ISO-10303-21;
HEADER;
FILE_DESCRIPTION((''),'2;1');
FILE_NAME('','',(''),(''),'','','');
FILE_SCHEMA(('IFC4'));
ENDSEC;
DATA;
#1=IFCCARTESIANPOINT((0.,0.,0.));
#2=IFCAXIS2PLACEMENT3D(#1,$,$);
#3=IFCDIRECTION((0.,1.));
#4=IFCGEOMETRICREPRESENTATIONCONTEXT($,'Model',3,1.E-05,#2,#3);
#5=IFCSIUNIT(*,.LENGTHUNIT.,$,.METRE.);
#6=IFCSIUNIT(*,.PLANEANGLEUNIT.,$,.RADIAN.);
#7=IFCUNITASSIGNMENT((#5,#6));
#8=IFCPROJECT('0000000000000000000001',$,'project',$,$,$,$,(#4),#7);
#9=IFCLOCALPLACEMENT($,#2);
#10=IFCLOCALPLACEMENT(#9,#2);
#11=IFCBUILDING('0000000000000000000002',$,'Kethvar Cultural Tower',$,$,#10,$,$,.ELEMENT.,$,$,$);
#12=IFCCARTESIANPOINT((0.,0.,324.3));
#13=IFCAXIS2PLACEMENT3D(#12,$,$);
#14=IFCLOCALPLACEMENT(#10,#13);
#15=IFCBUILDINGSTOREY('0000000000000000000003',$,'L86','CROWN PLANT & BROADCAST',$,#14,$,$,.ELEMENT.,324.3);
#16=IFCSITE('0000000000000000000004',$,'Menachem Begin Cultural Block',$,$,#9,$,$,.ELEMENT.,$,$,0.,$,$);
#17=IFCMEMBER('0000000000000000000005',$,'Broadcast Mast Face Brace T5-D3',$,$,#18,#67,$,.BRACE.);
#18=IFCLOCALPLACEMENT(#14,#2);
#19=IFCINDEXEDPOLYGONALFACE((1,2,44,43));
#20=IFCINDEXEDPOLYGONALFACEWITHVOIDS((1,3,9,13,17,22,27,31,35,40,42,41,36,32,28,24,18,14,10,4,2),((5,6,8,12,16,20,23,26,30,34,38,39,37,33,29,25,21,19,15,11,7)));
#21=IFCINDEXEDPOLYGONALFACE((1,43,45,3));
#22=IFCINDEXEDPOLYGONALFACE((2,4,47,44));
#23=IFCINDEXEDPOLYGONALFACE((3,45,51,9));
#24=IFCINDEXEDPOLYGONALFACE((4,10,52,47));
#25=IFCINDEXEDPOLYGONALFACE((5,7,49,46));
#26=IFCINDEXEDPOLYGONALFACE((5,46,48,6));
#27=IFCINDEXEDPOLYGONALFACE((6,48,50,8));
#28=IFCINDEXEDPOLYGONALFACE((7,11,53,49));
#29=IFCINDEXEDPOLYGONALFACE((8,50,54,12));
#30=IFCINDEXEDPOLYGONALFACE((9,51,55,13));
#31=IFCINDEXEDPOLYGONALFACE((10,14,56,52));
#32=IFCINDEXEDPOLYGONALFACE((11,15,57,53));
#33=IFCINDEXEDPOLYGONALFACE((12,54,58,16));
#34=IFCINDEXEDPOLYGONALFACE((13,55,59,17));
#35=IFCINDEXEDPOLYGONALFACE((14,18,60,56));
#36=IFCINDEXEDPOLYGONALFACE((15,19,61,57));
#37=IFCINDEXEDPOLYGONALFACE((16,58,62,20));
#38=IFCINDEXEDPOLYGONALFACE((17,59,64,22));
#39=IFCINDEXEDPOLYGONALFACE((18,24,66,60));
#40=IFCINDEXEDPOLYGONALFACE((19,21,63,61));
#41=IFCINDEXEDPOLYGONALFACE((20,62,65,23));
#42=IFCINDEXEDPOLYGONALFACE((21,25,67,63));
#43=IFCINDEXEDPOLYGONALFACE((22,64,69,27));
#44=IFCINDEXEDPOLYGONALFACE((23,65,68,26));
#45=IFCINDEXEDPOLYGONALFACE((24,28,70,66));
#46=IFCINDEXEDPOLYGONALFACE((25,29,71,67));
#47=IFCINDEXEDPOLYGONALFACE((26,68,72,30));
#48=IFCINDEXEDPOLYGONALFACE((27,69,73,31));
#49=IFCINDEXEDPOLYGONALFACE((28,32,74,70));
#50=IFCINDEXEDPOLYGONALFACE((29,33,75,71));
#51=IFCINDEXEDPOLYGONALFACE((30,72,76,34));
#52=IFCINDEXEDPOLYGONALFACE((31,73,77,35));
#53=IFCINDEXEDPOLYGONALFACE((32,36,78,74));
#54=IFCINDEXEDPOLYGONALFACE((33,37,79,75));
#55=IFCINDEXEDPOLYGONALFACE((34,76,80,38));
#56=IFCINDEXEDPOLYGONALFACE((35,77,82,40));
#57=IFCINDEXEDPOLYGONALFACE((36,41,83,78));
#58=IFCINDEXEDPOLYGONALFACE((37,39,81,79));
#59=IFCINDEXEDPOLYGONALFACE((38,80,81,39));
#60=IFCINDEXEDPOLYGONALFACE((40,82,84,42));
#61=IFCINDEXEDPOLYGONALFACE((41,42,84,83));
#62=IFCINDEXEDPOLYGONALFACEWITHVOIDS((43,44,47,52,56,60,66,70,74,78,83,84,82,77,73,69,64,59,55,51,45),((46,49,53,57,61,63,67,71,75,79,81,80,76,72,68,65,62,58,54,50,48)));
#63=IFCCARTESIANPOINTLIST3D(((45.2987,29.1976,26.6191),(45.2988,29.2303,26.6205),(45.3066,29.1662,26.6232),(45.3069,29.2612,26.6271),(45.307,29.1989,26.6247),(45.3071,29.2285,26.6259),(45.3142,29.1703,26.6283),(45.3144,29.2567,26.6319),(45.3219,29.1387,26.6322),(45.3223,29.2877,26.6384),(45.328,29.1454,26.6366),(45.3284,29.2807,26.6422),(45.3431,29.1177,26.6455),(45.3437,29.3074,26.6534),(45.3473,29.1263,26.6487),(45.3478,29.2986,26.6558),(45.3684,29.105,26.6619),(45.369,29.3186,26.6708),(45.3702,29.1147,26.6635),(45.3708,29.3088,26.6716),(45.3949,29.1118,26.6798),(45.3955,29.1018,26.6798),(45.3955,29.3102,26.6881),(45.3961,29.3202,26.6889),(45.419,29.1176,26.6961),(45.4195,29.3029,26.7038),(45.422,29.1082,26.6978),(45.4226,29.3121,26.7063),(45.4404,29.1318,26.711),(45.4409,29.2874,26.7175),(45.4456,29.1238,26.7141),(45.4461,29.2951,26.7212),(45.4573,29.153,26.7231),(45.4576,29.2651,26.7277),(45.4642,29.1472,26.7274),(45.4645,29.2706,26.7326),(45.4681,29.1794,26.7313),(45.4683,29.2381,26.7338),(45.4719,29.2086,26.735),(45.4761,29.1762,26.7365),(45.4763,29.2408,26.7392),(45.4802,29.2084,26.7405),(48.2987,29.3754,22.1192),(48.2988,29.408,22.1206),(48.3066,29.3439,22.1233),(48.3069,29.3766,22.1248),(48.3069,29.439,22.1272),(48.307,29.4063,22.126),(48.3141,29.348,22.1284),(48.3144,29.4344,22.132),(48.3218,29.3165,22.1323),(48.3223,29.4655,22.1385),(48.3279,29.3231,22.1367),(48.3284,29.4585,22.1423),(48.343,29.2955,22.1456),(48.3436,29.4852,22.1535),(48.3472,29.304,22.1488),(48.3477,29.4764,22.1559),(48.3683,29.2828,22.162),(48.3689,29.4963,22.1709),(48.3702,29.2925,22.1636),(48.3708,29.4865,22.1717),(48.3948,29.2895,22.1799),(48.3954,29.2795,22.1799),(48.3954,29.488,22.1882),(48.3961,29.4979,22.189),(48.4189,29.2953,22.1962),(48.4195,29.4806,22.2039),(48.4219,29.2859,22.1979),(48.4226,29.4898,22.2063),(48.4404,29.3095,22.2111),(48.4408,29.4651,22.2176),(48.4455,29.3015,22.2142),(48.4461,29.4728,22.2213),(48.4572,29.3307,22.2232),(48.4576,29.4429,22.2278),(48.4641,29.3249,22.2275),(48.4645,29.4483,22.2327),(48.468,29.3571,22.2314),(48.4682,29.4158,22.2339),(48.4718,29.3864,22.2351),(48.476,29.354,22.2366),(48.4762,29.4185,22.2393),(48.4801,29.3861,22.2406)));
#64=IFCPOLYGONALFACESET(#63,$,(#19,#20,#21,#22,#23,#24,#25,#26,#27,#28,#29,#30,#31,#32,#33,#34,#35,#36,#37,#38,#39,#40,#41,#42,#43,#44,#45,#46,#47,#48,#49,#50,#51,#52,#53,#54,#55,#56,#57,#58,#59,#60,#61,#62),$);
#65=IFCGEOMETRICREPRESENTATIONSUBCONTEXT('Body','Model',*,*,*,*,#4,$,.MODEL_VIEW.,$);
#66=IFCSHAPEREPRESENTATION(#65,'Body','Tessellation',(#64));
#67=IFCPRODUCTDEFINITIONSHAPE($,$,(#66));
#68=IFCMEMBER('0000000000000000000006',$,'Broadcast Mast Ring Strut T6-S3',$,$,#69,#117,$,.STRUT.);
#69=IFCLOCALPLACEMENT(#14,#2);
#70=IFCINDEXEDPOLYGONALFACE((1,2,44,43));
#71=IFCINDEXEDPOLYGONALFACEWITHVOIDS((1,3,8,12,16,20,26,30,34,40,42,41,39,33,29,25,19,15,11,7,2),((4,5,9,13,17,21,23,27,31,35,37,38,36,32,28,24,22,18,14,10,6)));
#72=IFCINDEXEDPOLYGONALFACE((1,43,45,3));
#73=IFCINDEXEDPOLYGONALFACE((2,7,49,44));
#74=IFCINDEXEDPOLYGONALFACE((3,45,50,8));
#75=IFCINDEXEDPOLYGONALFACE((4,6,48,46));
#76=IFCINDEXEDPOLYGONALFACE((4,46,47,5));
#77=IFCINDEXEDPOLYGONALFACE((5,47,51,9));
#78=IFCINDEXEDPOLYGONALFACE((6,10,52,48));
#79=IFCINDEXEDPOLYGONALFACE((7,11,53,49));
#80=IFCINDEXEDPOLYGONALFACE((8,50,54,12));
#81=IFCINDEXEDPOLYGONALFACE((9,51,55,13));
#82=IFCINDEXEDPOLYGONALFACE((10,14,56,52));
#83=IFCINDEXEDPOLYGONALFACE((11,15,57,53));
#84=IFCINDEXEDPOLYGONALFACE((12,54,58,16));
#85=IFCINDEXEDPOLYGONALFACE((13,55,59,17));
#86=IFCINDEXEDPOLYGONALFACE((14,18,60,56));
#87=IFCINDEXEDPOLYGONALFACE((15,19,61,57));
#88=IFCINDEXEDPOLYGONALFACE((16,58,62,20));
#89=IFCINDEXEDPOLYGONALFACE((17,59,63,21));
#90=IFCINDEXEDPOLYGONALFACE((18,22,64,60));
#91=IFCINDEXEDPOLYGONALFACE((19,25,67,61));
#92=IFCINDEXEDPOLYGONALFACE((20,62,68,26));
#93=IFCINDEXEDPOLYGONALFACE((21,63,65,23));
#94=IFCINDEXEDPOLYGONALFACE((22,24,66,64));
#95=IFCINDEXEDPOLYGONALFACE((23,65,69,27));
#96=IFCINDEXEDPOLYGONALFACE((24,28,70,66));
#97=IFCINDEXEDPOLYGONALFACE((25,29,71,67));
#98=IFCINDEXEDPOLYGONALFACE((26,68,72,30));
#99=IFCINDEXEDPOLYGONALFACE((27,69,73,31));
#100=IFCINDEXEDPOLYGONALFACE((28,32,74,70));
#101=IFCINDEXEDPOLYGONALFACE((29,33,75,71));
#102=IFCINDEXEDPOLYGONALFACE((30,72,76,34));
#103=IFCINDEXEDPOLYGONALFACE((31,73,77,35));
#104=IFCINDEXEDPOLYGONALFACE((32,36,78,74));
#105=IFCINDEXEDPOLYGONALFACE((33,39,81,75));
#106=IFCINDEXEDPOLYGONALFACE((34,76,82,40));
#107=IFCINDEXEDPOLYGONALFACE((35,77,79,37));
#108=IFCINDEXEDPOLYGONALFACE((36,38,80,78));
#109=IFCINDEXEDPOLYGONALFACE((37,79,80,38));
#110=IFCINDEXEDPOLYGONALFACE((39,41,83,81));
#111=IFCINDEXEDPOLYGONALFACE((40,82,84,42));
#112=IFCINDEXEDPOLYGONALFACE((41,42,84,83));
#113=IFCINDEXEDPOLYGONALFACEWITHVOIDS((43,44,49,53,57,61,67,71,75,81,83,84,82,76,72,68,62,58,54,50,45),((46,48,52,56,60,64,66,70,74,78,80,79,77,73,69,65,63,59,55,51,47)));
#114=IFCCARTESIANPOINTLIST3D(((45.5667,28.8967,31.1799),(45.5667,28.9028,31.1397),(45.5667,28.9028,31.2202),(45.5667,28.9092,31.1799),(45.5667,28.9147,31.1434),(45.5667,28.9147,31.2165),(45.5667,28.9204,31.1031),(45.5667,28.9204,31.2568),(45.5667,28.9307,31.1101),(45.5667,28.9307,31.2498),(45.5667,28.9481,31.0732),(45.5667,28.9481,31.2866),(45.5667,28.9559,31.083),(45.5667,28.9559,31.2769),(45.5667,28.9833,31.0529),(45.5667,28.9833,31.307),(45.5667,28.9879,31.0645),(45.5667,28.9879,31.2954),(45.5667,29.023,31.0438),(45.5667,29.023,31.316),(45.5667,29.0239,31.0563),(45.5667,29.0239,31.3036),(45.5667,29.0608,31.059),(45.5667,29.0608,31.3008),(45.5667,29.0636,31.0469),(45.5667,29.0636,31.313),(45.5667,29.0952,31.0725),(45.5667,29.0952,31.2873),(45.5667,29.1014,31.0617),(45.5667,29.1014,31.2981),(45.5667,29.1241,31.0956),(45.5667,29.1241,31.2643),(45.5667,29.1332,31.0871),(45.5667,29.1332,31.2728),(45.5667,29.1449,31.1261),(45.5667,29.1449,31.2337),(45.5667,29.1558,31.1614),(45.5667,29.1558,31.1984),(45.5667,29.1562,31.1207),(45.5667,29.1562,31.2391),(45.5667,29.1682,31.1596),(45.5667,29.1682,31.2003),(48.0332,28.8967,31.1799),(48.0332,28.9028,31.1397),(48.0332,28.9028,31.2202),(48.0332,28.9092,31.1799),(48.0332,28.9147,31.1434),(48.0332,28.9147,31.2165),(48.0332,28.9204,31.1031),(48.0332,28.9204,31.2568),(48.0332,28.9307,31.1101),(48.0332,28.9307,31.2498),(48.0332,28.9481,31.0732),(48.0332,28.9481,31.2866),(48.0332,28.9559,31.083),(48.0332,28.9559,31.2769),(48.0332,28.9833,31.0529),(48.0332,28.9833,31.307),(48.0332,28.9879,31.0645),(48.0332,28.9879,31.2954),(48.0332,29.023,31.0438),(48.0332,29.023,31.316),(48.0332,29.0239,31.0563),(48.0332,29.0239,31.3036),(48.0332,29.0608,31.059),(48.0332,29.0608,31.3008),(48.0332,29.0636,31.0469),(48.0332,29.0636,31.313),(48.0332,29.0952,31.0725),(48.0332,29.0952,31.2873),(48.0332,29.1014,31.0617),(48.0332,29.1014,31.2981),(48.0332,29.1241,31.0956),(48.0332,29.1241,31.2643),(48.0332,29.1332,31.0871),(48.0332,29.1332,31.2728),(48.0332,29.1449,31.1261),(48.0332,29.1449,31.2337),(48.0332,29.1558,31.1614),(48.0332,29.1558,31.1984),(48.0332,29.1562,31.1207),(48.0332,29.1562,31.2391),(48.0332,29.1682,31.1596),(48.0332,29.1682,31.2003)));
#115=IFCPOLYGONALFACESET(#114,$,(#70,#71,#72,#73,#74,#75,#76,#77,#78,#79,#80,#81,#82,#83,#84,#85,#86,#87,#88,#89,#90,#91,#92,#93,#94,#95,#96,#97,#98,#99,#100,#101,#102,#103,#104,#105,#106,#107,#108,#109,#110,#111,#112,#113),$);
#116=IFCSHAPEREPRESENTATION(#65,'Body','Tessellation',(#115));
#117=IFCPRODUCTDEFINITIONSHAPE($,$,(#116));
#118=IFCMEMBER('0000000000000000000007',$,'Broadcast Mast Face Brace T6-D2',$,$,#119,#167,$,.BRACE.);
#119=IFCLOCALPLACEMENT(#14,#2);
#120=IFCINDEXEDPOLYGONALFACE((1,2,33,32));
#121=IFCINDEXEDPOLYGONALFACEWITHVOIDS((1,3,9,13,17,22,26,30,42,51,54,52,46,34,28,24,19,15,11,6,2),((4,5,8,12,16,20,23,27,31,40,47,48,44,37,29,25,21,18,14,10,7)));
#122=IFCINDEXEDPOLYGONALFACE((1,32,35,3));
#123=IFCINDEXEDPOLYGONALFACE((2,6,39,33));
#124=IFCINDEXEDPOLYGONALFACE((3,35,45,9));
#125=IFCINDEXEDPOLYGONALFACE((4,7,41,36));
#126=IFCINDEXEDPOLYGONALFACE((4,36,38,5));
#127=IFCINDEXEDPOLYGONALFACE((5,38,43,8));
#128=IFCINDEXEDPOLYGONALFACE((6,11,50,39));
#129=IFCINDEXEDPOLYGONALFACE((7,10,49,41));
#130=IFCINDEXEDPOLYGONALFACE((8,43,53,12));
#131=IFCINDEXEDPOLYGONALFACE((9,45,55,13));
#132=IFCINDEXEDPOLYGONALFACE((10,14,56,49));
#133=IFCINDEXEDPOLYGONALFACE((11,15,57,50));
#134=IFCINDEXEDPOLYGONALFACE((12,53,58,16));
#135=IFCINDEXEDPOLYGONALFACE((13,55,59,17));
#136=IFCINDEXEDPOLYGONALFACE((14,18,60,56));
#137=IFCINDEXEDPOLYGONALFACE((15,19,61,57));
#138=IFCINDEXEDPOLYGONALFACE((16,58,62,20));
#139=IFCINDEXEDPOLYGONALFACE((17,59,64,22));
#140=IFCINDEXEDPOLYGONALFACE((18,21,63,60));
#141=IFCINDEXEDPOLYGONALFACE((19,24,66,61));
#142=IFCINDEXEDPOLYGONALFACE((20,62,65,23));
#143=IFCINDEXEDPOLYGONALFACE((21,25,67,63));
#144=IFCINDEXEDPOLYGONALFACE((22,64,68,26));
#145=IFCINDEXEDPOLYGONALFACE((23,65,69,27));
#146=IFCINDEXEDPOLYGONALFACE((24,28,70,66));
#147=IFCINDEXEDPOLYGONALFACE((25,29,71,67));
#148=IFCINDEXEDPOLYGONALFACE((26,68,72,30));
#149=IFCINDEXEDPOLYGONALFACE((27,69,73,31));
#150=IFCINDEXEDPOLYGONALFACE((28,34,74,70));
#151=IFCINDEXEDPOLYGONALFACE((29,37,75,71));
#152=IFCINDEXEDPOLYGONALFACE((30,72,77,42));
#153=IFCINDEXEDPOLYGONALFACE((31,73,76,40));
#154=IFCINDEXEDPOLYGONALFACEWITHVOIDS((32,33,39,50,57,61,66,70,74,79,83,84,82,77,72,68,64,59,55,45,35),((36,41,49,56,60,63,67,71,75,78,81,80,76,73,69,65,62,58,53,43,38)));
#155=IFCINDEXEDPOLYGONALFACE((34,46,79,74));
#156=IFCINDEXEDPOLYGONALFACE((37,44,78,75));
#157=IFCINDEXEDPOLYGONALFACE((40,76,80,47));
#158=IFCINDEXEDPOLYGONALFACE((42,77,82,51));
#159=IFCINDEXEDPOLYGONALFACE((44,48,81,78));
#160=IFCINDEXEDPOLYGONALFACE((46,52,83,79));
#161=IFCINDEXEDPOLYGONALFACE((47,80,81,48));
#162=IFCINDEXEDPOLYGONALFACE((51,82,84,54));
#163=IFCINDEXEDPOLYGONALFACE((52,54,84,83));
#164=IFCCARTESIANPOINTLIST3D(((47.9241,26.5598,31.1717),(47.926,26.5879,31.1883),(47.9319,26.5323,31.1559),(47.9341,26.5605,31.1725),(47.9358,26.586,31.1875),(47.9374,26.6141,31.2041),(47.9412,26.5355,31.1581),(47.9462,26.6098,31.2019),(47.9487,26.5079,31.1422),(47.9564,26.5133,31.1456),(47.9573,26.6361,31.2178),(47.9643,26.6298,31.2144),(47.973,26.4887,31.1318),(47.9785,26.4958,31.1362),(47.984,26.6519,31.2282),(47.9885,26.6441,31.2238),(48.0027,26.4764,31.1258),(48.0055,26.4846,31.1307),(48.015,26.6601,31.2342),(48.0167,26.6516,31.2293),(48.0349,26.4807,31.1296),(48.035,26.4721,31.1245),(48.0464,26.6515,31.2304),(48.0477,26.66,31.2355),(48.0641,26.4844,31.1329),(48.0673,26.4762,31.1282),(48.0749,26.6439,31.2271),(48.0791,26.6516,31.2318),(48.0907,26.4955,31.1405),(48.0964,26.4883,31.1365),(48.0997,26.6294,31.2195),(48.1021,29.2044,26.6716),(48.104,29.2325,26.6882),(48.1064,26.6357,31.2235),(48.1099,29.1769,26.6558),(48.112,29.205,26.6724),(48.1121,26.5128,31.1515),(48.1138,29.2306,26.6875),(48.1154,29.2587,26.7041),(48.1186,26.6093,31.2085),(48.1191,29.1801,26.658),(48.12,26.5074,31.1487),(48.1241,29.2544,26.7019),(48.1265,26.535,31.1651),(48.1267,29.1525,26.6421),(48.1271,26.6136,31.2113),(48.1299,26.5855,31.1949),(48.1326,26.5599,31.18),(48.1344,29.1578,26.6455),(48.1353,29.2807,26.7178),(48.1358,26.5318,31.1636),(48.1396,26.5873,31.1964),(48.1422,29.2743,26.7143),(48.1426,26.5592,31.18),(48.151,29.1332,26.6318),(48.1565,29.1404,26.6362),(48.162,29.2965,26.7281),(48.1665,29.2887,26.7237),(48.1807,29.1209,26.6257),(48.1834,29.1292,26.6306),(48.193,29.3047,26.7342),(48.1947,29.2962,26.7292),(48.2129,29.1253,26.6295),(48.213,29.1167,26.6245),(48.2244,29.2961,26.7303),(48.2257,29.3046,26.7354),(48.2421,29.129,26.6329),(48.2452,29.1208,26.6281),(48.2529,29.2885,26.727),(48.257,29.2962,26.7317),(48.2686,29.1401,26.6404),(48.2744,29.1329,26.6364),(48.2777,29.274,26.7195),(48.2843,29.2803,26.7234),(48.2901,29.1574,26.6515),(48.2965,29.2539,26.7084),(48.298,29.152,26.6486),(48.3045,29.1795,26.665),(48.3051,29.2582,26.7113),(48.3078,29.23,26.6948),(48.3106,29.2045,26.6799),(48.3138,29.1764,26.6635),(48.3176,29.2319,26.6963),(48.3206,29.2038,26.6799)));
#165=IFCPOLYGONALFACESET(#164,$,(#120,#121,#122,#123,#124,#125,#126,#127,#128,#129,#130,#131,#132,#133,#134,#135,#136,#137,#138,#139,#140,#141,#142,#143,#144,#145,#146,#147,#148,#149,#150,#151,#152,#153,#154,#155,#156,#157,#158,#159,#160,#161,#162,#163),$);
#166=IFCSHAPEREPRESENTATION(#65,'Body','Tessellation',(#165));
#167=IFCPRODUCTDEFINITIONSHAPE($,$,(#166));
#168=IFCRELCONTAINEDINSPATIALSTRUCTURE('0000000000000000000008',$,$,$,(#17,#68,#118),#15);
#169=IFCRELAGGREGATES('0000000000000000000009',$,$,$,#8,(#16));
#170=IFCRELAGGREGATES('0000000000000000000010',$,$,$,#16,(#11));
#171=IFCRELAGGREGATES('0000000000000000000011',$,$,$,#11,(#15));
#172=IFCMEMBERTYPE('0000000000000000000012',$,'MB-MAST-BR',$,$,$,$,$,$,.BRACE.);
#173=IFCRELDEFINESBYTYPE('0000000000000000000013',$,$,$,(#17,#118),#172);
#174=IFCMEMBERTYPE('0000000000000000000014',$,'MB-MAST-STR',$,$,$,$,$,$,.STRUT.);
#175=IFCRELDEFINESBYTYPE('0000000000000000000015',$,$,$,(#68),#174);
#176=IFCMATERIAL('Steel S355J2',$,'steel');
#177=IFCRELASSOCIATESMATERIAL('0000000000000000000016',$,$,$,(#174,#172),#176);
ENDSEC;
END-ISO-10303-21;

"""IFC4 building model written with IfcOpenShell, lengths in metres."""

from ifc_helpers import new_model, si_unit, direction, frame, origin, origin_2d, place, context, subcontext, project, spatial, hollow_circle, extrude, source, transform, mapped, material, material_profile, profile_set, type_object, element, save


model = new_model("IFC4")

# Units and contexts
model_context = context("Model", 3, precision=1e-05, world=origin(), true_north=direction((0.0, 1.0)))
body_context = subcontext(model_context, "Body", "Model", "MODEL_VIEW")
ifc_project = project(units=[si_unit("LENGTHUNIT", "METRE"), si_unit("PLANEANGLEUNIT", "RADIAN")], contexts=[model_context])

# Site, building, storey
site_placement = place(None, origin())
site = spatial("IfcSite", under=ifc_project, at=site_placement, Name="Menachem Begin Cultural Block", CompositionType="ELEMENT", RefElevation=0.0)
building_placement = place(site_placement, origin())
building = spatial("IfcBuilding", under=site, at=building_placement, Name="Kethvar Cultural Tower", CompositionType="ELEMENT")
storey_placement = place(building_placement, frame((0.0, 0.0, 324.3)))
storey = spatial("IfcBuildingStorey", under=building, at=storey_placement, Name="L86", Description="CROWN PLANT & BROADCAST", CompositionType="ELEMENT", Elevation=324.3)

# Shared definitions
ifc_material_1 = material(Name="Steel S355J2", Category="steel")

# Members
ifc_material_profile_1 = material_profile(ifc_material_1, hollow_circle(Radius=0.1365, WallThickness=0.0125, at=origin_2d()), Name="Steel S355J2 — CHS273x12.5")
ifc_profile_set_1 = profile_set([ifc_material_profile_1], Name="Steel S355J2 — CHS273x12.5")
member_type_1 = type_object("IfcMemberType", Name="MB-MAST-STR", PredefinedType="STRUT", material=ifc_profile_set_1)
ifc_material_profile_2 = material_profile(ifc_material_1, hollow_circle(Radius=0.1096, WallThickness=0.01, at=origin_2d()), Name="Steel S355J2 — CHS219x10")
ifc_profile_set_2 = profile_set([ifc_material_profile_2], Name="Steel S355J2 — CHS219x10")
member_type_2 = type_object("IfcMemberType", Name="MB-MAST-BR", PredefinedType="BRACE", material=ifc_profile_set_2)
shared_shape_1 = source(origin(), body_context, "Body", "SweptSolid", [
    extrude(hollow_circle(Radius=0.1096, WallThickness=0.01, at=origin_2d()), origin(), (0.0, 0.0, 1.0), 5.4111),
])
member_1_placement = place(storey_placement, frame((48.3889, 29.3889, 22.1799), z_axis=(-0.554401, -0.032845, 0.831601), x_axis=(0.059141, -0.99825, 0.0)))
element("IfcMember", 1, at=member_1_placement, inside=storey, type_object=member_type_2, Name="Broadcast Mast Face Brace T5-D3", PredefinedType="BRACE", context=body_context, shape_type="MappedRepresentation", body=[
    mapped(shared_shape_1, transform((0.0, 0.0, 0.0), scale=1.0)),
])
shared_shape_2 = source(origin(), body_context, "Body", "SweptSolid", [
    extrude(hollow_circle(Radius=0.1365, WallThickness=0.0125, at=origin_2d()), origin(), (0.0, 0.0, 1.0), 2.4666),
])
member_2_placement = place(storey_placement, frame((48.0332, 29.0332, 31.1799), z_axis=(-1.0, 0.0, 0.0), x_axis=(0.0, -1.0, 0.0)))
element("IfcMember", 2, at=member_2_placement, inside=storey, type_object=member_type_1, Name="Broadcast Mast Ring Strut T6-S3", PredefinedType="STRUT", context=body_context, shape_type="MappedRepresentation", body=[
    mapped(shared_shape_2, transform((0.0, 0.0, 0.0), scale=1.0)),
])
shared_shape_3 = source(origin(), body_context, "Body", "SweptSolid", [
    extrude(hollow_circle(Radius=0.1096, WallThickness=0.01, at=origin_2d()), origin(), (0.0, 0.0, 1.0), 5.2227),
])
member_3_placement = place(storey_placement, frame((48.2112, 29.2112, 26.6799), z_axis=(-0.034079, -0.506366, 0.861645), x_axis=(0.997743, -0.067149, 0.0)))
element("IfcMember", 3, at=member_3_placement, inside=storey, type_object=member_type_2, Name="Broadcast Mast Face Brace T6-D2", PredefinedType="BRACE", context=body_context, shape_type="MappedRepresentation", body=[
    mapped(shared_shape_3, transform((0.0, 0.0, 0.0), scale=1.0)),
])

save(model, "model.ifc")
